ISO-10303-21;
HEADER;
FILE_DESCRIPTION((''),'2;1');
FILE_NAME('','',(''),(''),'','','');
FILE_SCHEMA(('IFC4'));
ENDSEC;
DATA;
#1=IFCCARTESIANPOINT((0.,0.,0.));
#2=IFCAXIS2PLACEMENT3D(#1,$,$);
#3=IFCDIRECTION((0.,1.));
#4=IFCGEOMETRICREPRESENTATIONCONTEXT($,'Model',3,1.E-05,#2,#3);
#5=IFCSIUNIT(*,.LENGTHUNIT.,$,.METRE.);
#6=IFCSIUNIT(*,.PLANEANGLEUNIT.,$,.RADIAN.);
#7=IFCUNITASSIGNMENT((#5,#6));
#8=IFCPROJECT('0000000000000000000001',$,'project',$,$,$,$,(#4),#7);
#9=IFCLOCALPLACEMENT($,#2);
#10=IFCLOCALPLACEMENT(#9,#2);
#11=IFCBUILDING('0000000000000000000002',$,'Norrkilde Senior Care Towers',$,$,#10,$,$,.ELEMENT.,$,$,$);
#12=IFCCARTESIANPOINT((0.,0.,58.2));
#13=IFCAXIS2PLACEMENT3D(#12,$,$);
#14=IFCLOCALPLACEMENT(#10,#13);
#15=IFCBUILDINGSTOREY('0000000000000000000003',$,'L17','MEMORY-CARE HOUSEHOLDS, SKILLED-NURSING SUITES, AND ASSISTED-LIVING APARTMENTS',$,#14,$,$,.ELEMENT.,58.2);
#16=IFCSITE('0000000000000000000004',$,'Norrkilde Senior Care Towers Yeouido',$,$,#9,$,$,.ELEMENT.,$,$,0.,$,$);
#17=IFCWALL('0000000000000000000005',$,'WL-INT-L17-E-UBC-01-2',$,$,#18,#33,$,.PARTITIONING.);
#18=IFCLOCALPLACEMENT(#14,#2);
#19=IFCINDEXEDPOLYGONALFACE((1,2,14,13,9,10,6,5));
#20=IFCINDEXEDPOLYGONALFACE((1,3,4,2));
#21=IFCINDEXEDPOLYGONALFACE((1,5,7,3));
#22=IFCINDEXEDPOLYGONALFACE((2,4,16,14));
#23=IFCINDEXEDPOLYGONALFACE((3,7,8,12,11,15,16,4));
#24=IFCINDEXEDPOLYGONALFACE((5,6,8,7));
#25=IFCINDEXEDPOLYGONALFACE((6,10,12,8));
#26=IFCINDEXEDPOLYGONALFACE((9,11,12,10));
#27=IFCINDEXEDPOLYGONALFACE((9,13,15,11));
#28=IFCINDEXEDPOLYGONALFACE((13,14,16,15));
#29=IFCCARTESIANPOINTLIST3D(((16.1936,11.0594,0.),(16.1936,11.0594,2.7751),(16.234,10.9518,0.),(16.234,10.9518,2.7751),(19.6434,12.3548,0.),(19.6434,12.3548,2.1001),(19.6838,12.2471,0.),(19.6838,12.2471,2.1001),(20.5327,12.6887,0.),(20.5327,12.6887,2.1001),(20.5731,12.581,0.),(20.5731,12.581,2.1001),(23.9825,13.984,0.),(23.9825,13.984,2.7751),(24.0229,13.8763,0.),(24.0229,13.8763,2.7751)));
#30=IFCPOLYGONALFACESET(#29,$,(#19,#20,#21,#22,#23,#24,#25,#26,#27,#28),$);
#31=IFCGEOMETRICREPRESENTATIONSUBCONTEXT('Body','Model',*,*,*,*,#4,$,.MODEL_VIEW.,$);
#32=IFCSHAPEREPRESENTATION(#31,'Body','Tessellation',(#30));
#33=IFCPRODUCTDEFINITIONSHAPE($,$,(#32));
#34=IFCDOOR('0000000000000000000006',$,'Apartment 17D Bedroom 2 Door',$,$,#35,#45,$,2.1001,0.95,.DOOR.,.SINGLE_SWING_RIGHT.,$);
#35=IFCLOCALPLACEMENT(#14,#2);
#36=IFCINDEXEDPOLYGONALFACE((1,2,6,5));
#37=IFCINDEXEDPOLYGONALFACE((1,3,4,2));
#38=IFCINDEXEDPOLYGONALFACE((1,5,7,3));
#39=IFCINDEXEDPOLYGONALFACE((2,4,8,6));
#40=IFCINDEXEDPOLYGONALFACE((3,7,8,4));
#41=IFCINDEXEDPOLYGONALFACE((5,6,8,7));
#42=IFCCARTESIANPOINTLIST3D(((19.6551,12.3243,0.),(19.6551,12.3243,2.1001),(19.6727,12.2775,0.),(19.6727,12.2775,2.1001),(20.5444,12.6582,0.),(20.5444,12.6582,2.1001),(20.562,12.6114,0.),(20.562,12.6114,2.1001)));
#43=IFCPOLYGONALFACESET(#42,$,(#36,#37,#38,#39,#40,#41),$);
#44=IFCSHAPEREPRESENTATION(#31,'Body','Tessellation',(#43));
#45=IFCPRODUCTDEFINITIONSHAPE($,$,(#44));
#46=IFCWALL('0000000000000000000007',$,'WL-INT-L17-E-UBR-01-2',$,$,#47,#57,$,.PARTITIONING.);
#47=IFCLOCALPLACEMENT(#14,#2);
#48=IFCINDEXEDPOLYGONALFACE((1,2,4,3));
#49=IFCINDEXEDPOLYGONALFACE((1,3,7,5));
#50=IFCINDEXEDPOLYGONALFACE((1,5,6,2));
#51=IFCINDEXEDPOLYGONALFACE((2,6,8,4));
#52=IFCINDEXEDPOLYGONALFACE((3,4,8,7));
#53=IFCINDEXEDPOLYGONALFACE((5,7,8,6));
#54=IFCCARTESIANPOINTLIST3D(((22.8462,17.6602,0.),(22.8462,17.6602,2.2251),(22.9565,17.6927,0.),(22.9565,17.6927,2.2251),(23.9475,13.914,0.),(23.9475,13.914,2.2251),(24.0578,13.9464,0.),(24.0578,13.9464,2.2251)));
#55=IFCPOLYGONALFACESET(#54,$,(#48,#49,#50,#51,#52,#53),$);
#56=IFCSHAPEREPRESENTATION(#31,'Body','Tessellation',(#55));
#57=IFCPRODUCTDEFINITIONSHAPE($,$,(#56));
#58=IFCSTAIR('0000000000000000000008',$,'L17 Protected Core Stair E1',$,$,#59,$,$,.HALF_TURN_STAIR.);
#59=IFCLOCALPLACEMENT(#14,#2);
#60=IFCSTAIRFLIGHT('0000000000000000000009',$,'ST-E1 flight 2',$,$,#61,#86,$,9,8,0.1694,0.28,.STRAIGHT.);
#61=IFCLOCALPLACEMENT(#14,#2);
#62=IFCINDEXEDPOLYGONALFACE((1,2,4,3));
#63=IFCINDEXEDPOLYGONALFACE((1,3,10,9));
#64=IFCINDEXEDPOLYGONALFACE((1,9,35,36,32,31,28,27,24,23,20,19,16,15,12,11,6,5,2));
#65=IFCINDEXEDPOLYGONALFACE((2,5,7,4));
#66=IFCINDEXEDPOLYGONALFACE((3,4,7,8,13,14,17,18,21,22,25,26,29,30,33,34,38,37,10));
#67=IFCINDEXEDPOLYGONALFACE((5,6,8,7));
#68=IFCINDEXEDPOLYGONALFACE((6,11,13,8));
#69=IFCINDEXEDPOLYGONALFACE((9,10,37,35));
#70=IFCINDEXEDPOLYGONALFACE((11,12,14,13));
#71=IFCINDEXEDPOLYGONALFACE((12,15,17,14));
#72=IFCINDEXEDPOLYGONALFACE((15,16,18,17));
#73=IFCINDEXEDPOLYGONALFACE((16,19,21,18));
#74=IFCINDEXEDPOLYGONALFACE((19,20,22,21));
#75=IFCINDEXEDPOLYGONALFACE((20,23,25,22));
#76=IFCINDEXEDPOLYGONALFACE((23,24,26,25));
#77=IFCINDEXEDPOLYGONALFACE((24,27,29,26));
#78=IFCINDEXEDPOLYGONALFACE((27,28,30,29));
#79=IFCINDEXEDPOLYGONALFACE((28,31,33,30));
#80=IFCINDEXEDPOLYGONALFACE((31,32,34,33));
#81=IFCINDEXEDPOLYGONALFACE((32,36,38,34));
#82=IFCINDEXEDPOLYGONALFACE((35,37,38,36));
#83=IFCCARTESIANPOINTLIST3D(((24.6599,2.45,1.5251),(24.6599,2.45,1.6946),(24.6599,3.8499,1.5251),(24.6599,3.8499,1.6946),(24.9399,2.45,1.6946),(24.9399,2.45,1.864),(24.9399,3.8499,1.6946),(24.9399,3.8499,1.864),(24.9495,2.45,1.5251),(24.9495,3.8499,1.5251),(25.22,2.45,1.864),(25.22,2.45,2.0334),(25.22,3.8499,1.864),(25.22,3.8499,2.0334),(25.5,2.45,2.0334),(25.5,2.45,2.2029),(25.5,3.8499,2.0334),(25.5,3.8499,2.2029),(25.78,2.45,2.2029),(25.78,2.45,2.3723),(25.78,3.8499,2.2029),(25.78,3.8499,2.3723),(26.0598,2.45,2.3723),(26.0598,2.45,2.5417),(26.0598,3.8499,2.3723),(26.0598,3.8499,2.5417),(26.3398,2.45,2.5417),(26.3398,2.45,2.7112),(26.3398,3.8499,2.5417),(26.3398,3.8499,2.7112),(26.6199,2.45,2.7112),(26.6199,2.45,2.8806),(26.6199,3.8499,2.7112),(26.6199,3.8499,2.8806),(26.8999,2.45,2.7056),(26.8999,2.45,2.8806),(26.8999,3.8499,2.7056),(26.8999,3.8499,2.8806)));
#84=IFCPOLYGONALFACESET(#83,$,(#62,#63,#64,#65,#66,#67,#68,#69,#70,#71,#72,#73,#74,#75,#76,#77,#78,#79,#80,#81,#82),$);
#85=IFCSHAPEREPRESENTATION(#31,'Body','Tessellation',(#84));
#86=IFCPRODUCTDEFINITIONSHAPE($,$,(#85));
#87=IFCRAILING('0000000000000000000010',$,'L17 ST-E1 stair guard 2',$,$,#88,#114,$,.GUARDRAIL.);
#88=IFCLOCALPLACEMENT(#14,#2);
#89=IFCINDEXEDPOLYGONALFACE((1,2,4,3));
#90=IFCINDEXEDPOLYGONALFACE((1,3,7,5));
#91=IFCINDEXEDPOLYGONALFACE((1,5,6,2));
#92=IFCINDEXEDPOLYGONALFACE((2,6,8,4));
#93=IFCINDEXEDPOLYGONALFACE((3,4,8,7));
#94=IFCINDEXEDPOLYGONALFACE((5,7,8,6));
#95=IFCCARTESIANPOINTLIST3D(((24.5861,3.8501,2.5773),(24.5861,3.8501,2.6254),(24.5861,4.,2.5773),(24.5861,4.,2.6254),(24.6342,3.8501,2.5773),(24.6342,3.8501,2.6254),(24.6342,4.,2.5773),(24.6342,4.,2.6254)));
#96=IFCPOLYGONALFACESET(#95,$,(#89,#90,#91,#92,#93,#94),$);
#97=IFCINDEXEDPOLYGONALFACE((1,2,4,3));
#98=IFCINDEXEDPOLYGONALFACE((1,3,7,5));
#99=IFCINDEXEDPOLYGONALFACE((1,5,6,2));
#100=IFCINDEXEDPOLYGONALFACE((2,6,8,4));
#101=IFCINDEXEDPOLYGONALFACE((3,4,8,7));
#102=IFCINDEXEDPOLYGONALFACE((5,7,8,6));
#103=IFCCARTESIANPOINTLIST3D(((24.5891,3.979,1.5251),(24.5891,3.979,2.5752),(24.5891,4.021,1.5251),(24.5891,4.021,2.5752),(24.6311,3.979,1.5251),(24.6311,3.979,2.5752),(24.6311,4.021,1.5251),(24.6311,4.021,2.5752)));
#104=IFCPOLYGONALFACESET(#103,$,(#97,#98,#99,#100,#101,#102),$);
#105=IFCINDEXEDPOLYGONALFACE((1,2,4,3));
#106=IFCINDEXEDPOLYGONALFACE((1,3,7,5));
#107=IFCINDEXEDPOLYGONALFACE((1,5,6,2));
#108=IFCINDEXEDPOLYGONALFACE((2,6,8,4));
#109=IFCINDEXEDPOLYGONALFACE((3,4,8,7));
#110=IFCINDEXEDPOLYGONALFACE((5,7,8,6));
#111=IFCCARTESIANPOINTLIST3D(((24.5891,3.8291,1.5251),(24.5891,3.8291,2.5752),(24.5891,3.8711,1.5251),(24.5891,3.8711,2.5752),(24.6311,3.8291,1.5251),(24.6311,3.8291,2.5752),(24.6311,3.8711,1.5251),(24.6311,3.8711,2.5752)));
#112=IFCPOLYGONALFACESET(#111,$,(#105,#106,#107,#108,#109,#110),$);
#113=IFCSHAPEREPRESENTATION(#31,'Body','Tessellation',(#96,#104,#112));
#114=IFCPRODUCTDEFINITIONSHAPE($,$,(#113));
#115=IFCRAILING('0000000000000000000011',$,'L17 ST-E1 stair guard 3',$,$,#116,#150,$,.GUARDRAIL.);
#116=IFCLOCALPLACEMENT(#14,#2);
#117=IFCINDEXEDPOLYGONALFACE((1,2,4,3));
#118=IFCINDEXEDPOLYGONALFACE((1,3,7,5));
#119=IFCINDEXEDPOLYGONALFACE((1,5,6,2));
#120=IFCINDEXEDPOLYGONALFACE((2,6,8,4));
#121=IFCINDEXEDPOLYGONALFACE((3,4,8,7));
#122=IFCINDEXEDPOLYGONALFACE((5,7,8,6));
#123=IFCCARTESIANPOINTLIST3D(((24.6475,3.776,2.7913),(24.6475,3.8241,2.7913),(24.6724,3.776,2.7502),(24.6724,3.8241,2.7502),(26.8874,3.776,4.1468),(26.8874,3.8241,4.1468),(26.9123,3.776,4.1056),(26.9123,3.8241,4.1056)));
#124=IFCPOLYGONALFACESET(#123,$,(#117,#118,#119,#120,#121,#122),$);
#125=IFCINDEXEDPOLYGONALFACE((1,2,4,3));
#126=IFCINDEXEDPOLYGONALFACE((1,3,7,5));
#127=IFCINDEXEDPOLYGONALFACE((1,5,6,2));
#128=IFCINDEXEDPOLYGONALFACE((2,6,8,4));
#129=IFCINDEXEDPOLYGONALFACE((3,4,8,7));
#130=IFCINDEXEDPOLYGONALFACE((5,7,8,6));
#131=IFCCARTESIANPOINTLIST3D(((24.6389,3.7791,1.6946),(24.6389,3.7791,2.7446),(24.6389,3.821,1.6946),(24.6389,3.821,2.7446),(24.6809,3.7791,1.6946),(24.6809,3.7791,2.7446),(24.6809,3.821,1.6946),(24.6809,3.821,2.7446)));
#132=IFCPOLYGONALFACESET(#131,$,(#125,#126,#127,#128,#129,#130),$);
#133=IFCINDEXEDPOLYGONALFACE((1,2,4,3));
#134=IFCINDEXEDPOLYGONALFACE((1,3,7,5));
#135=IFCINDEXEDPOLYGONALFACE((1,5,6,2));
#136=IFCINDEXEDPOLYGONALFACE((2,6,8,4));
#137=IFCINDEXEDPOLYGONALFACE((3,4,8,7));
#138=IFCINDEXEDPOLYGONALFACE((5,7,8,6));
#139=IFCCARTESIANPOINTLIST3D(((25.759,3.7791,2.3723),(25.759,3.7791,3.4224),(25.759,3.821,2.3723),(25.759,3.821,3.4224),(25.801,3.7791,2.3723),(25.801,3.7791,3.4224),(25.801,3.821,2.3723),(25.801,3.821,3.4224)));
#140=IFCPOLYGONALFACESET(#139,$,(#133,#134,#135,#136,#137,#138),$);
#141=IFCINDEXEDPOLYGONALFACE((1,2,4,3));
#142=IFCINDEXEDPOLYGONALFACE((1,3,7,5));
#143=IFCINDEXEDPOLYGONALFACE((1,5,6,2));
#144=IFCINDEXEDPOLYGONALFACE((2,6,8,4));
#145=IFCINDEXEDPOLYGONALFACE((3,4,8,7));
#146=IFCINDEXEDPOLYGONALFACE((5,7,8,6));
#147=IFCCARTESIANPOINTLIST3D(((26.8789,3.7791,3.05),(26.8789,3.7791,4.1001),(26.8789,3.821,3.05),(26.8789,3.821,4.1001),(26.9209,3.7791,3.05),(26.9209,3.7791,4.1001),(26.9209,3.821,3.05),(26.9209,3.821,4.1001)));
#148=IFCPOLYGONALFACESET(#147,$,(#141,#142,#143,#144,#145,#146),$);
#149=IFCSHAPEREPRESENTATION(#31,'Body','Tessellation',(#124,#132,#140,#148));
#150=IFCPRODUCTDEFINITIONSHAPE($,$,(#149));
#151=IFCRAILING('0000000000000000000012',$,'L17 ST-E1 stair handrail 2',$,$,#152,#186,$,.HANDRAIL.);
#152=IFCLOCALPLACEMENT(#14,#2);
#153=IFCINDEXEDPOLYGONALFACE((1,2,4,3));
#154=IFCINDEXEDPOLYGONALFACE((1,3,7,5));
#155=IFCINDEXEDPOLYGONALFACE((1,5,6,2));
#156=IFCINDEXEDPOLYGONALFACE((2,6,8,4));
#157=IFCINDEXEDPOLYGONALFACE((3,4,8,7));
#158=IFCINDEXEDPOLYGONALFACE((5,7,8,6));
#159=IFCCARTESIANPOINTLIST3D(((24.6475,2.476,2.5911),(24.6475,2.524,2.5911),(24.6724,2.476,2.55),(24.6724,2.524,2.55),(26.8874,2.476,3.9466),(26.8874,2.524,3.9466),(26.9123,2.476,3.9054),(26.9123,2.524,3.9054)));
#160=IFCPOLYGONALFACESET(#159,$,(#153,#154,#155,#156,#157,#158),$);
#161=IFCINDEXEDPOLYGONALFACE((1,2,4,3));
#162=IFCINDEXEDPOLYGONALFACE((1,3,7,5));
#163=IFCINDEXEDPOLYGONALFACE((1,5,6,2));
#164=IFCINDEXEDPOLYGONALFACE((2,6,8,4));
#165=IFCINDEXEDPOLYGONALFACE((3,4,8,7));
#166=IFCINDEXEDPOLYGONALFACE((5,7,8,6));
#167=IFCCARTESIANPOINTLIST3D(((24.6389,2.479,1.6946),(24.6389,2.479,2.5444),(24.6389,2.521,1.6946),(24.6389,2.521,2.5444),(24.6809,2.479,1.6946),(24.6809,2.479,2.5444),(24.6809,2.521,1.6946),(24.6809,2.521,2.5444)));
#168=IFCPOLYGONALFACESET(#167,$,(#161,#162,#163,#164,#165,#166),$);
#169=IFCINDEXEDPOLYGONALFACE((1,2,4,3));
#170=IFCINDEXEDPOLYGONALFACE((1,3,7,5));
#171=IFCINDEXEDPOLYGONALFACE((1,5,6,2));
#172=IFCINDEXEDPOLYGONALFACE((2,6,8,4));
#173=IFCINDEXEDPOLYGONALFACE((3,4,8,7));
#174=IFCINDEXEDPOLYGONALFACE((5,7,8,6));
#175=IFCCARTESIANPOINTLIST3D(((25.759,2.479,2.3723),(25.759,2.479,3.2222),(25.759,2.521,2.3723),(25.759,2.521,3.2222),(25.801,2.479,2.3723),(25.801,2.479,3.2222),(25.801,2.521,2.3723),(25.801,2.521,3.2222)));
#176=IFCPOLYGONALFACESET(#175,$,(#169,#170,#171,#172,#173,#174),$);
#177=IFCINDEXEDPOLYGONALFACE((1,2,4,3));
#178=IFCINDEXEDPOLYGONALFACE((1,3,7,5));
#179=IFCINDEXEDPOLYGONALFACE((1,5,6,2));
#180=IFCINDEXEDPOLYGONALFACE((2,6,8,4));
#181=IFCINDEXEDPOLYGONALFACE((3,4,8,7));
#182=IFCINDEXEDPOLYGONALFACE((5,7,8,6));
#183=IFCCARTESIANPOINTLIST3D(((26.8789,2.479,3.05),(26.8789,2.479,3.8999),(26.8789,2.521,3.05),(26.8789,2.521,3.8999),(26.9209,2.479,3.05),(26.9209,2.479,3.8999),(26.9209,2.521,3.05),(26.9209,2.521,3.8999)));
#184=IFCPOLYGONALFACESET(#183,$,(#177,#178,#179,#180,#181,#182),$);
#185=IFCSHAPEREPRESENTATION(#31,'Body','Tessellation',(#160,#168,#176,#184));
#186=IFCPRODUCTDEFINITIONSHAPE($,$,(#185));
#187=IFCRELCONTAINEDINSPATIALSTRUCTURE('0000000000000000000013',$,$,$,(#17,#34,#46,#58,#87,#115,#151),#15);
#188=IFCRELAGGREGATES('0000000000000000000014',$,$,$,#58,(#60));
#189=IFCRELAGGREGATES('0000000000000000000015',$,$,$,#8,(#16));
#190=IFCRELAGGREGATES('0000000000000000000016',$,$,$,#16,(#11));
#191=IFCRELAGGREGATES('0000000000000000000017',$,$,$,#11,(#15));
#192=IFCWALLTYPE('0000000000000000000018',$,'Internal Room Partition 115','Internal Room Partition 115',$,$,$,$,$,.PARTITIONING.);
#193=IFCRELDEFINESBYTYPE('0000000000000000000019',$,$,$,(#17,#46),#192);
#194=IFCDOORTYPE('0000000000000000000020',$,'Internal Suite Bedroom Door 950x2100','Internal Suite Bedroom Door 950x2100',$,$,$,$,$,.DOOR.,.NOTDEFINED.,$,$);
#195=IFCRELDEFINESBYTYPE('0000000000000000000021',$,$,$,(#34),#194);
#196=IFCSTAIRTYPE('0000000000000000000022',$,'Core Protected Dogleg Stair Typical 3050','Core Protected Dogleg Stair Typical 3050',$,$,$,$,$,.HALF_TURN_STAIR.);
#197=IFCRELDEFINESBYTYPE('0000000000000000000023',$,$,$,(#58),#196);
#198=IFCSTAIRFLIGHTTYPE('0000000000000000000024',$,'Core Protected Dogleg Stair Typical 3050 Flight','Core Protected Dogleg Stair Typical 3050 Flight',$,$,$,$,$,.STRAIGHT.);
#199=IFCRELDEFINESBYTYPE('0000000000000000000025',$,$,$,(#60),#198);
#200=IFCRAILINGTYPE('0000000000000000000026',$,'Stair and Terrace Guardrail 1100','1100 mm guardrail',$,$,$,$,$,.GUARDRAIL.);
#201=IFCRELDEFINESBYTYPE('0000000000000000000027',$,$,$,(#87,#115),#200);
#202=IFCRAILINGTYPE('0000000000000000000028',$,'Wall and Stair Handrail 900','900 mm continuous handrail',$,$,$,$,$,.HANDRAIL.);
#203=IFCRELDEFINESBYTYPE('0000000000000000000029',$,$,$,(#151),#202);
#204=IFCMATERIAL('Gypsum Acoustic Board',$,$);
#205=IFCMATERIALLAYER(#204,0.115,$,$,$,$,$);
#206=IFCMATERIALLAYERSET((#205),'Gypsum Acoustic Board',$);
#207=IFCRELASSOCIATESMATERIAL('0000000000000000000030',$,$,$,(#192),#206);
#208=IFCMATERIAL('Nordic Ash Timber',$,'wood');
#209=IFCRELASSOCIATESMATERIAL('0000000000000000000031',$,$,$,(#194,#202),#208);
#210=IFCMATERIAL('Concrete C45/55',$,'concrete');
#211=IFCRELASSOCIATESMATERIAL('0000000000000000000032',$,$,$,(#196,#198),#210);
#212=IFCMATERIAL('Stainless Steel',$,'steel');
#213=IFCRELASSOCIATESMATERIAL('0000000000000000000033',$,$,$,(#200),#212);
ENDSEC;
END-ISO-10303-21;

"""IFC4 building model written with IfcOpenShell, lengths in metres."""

from ifc_helpers import new_model, si_unit, direction, frame, frame_2d, origin, origin_2d, place, context, subcontext, project, spatial, polyline, rectangle, outline, extrude, source, transform, mapped, material, layer, layer_set, type_object, type_shapes, element, fill, aggregate, save


model = new_model("IFC4")

# Units and contexts
model_context = context("Model", 3, precision=1e-05, world=origin(), true_north=direction((0.0, 1.0)))
body_context = subcontext(model_context, "Body", "Model", "MODEL_VIEW")
ifc_project = project(units=[si_unit("LENGTHUNIT", "METRE"), si_unit("PLANEANGLEUNIT", "RADIAN")], contexts=[model_context])

# Site, building, storey
site_placement = place(None, origin())
site = spatial("IfcSite", under=ifc_project, at=site_placement, Name="Norrkilde Senior Care Towers Yeouido", CompositionType="ELEMENT", RefElevation=0.0)
building_placement = place(site_placement, origin())
building = spatial("IfcBuilding", under=site, at=building_placement, Name="Norrkilde Senior Care Towers", CompositionType="ELEMENT")
storey_placement = place(building_placement, frame((0.0, 0.0, 58.2)))
storey = spatial("IfcBuildingStorey", under=building, at=storey_placement, Name="L17", Description="MEMORY-CARE HOUSEHOLDS, SKILLED-NURSING SUITES, AND ASSISTED-LIVING APARTMENTS", CompositionType="ELEMENT", Elevation=58.2)

# Shared definitions
ifc_material_1 = material(Name="Concrete C45/55", Category="concrete")

# Wall, opening, door
ifc_material_2 = material(Name="Gypsum Acoustic Board")
ifc_material_3 = material(Name="Nordic Ash Timber", Category="wood")
ifc_layer_1 = layer(ifc_material_2, 0.115)
ifc_layer_set_1 = layer_set([ifc_layer_1], Name="Gypsum Acoustic Board")
wall_type_1 = type_object("IfcWallType", Name="Internal Room Partition 115", Description="Internal Room Partition 115", PredefinedType="PARTITIONING", material=ifc_layer_set_1)
shared_shape_1 = source(origin(), body_context, "Body", "SweptSolid", [
    extrude(rectangle(XDim=8.3198, YDim=0.115, at=frame_2d((4.1599, 0.0))), origin(), (0.0, 0.0, 1.0), 2.7751),
])
wall_1_placement = place(storey_placement, frame((24.0027, 13.9302, 0.0), z_axis=(0.0, 0.0, 1.0), x_axis=(-0.936181, -0.351519, 0.0)))
wall_1 = element("IfcWall", 1, at=wall_1_placement, inside=storey, type_object=wall_type_1, Name="WL-INT-L17-E-UBC-01-2", PredefinedType="PARTITIONING", context=body_context, shape_type="MappedRepresentation", body=[
    mapped(shared_shape_1, transform((0.0, 0.0, 0.0), x_axis=(1.0, 0.0, 0.0), y_axis=(0.0, 1.0, 0.0), z_axis=(0.0, 0.0, 1.0), scale=1.0)),
])
opening_1_placement = place(wall_1_placement, frame((3.6848, 0.0, 0.0)))
opening_1 = element("IfcOpeningElement", 2, at=opening_1_placement, cuts=wall_1, PredefinedType="OPENING", context=body_context, shape_type="SweptSolid", body=[
    extrude(rectangle(XDim=0.95, YDim=2.1001, at=frame_2d((0.4751, 1.05))), frame((0.0, 0.0674, 0.0), z_axis=(0.0, -1.0, 0.0), x_axis=(1.0, 0.0, 0.0)), (0.0, 0.0, 1.0), 0.135),
])
door_type_1 = type_object("IfcDoorType", Name="Internal Suite Bedroom Door 950x2100", Description="Internal Suite Bedroom Door 950x2100", OperationType="NOTDEFINED", PredefinedType="DOOR", material=ifc_material_3)
shared_shape_2 = source(origin(), body_context, "Body", "SweptSolid", [
    extrude(rectangle(XDim=0.95, YDim=2.1001, at=frame_2d((0.4751, 1.05))), frame((0.0, 0.0249, 0.0), z_axis=(0.0, -1.0, 0.0), x_axis=(1.0, 0.0, 0.0)), (0.0, 0.0, 1.0), 0.05),
])
type_shapes(door_type_1, [shared_shape_2])
door_1_placement = place(opening_1_placement, frame((0.95, 0.0, 0.0), z_axis=(0.0, 0.0, 1.0), x_axis=(-1.0, 0.0, 0.0)))
door_1 = element("IfcDoor", 3, at=door_1_placement, inside=storey, type_object=door_type_1, Name="Apartment 17D Bedroom 2 Door", OperationType="SINGLE_SWING_RIGHT", OverallHeight=2.1001, OverallWidth=0.95, PredefinedType="DOOR", context=body_context, shape_type="MappedRepresentation", body=[
    mapped(shared_shape_2, transform((0.0, 0.0, 0.0), x_axis=(1.0, 0.0, 0.0), y_axis=(0.0, 1.0, 0.0), z_axis=(0.0, 0.0, 1.0), scale=1.0)),
])
fill(opening_1, door_1)

# Wall
shared_shape_3 = source(origin(), body_context, "Body", "SweptSolid", [
    extrude(rectangle(XDim=3.9048, YDim=0.115, at=frame_2d((1.9524, 0.0))), origin(), (0.0, 0.0, 1.0), 2.2251),
])
type_shapes(wall_type_1, [shared_shape_1, shared_shape_3])
wall_2_placement = place(storey_placement, frame((24.0027, 13.9302, 0.0), z_axis=(0.0, 0.0, 1.0), x_axis=(-0.282038, 0.959403, 0.0)))
element("IfcWall", 4, at=wall_2_placement, inside=storey, type_object=wall_type_1, Name="WL-INT-L17-E-UBR-01-2", PredefinedType="PARTITIONING", context=body_context, shape_type="MappedRepresentation", body=[
    mapped(shared_shape_3, transform((0.0, 0.0, 0.0), x_axis=(1.0, 0.0, 0.0), y_axis=(0.0, 1.0, 0.0), z_axis=(0.0, 0.0, 1.0), scale=1.0)),
])

# Stair, stair flight
stair_type = type_object("IfcStairType", Name="Core Protected Dogleg Stair Typical 3050", Description="Core Protected Dogleg Stair Typical 3050", PredefinedType="HALF_TURN_STAIR", material=ifc_material_1)
stair_placement = place(storey_placement, origin())
stair = element("IfcStair", 5, at=stair_placement, inside=storey, type_object=stair_type, Name="L17 Protected Core Stair E1", PredefinedType="HALF_TURN_STAIR")
stair_flight_type = type_object("IfcStairFlightType", Name="Core Protected Dogleg Stair Typical 3050 Flight", Description="Core Protected Dogleg Stair Typical 3050 Flight", PredefinedType="STRAIGHT", material=ifc_material_1)
stair_flight_placement = place(storey_placement, frame((24.6599, 3.1499, 1.5251), z_axis=(0.0, 0.0, 1.0), x_axis=(1.0, 0.0, 0.0)))
stair_flight = element("IfcStairFlight", 6, at=stair_flight_placement, type_object=stair_flight_type, Name="ST-E1 flight 2", NumberOfRisers=9, NumberOfTreads=8, PredefinedType="STRAIGHT", RiserHeight=0.1694, TreadLength=0.28, context=body_context, shape_type="SweptSolid", body=[
    extrude(outline(polyline([(0.0, 0.0), (0.0, 0.1694), (0.28, 0.1694), (0.28, 0.3389), (0.5601, 0.3389), (0.5601, 0.5083), (0.8401, 0.5083), (0.8401, 0.6777), (1.1201, 0.6777), (1.1201, 0.8472), (1.3999, 0.8472), (1.3999, 1.0166), (1.6799, 1.0166), (1.6799, 1.186), (1.96, 1.186), (1.96, 1.3555), (2.24, 1.3555), (2.24, 1.5249), (2.24, 1.1804), (0.2896, 0.0), (0.0, 0.0)])), frame((0.0, 0.7, 0.0), z_axis=(0.0, -1.0, 0.0), x_axis=(1.0, 0.0, 0.0)), (0.0, 0.0, 1.0), 1.3999),
])
aggregate(stair, [stair_flight])

# Railings
ifc_material_4 = material(Name="Stainless Steel", Category="steel")
railing_type_1 = type_object("IfcRailingType", Name="Stair and Terrace Guardrail 1100", Description="1100 mm guardrail", PredefinedType="GUARDRAIL", material=ifc_material_4)
railing_1_placement = place(storey_placement, frame((24.6101, 4.0, 1.5251)))
element("IfcRailing", 7, at=railing_1_placement, inside=storey, type_object=railing_type_1, Name="L17 ST-E1 stair guard 2", PredefinedType="GUARDRAIL", context=body_context, shape_type="SweptSolid", body=[
    extrude(rectangle(XDim=0.0481, YDim=0.0481, at=origin_2d()), frame((0.0, 0.0, 1.0762), z_axis=(0.0, -1.0, 0.0), x_axis=(1.0, 0.0, 0.0)), (0.0, 0.0, 1.0), 0.1499),
    extrude(rectangle(XDim=0.042, YDim=0.042, at=origin_2d()), origin(), (0.0, 0.0, 1.0), 1.05),
    extrude(rectangle(XDim=0.042, YDim=0.042, at=origin_2d()), frame((0.0, -0.1499, 0.0)), (0.0, 0.0, 1.0), 1.05),
])
railing_2_placement = place(storey_placement, frame((24.6599, 3.8, 1.6946)))
element("IfcRailing", 8, at=railing_2_placement, inside=storey, type_object=railing_type_1, Name="L17 ST-E1 stair guard 3", PredefinedType="GUARDRAIL", context=body_context, shape_type="SweptSolid", body=[
    extrude(rectangle(XDim=0.0481, YDim=0.0481, at=origin_2d()), frame((0.0, 0.0, 1.0762), z_axis=(0.855553, 0.0, 0.517715), x_axis=(0.0, 1.0, 0.0)), (0.0, 0.0, 1.0), 2.6182),
    extrude(rectangle(XDim=0.042, YDim=0.042, at=origin_2d()), origin(), (0.0, 0.0, 1.0), 1.05),
    extrude(rectangle(XDim=0.042, YDim=0.042, at=origin_2d()), frame((1.1201, 0.0, 0.6777)), (0.0, 0.0, 1.0), 1.05),
    extrude(rectangle(XDim=0.042, YDim=0.042, at=origin_2d()), frame((2.24, 0.0, 1.3555)), (0.0, 0.0, 1.0), 1.05),
])
railing_type_2 = type_object("IfcRailingType", Name="Wall and Stair Handrail 900", Description="900 mm continuous handrail", PredefinedType="HANDRAIL", material=ifc_material_3)
railing_3_placement = place(storey_placement, frame((24.6599, 2.5, 1.6946)))
element("IfcRailing", 9, at=railing_3_placement, inside=storey, type_object=railing_type_2, Name="L17 ST-E1 stair handrail 2", PredefinedType="HANDRAIL", context=body_context, shape_type="SweptSolid", body=[
    extrude(rectangle(XDim=0.0481, YDim=0.0481, at=origin_2d()), frame((0.0, 0.0, 0.876), z_axis=(0.855553, 0.0, 0.517715), x_axis=(0.0, 1.0, 0.0)), (0.0, 0.0, 1.0), 2.6182),
    extrude(rectangle(XDim=0.042, YDim=0.042, at=origin_2d()), origin(), (0.0, 0.0, 1.0), 0.8499),
    extrude(rectangle(XDim=0.042, YDim=0.042, at=origin_2d()), frame((1.1201, 0.0, 0.6777)), (0.0, 0.0, 1.0), 0.8499),
    extrude(rectangle(XDim=0.042, YDim=0.042, at=origin_2d()), frame((2.24, 0.0, 1.3555)), (0.0, 0.0, 1.0), 0.8499),
])

save(model, "model.ifc")
